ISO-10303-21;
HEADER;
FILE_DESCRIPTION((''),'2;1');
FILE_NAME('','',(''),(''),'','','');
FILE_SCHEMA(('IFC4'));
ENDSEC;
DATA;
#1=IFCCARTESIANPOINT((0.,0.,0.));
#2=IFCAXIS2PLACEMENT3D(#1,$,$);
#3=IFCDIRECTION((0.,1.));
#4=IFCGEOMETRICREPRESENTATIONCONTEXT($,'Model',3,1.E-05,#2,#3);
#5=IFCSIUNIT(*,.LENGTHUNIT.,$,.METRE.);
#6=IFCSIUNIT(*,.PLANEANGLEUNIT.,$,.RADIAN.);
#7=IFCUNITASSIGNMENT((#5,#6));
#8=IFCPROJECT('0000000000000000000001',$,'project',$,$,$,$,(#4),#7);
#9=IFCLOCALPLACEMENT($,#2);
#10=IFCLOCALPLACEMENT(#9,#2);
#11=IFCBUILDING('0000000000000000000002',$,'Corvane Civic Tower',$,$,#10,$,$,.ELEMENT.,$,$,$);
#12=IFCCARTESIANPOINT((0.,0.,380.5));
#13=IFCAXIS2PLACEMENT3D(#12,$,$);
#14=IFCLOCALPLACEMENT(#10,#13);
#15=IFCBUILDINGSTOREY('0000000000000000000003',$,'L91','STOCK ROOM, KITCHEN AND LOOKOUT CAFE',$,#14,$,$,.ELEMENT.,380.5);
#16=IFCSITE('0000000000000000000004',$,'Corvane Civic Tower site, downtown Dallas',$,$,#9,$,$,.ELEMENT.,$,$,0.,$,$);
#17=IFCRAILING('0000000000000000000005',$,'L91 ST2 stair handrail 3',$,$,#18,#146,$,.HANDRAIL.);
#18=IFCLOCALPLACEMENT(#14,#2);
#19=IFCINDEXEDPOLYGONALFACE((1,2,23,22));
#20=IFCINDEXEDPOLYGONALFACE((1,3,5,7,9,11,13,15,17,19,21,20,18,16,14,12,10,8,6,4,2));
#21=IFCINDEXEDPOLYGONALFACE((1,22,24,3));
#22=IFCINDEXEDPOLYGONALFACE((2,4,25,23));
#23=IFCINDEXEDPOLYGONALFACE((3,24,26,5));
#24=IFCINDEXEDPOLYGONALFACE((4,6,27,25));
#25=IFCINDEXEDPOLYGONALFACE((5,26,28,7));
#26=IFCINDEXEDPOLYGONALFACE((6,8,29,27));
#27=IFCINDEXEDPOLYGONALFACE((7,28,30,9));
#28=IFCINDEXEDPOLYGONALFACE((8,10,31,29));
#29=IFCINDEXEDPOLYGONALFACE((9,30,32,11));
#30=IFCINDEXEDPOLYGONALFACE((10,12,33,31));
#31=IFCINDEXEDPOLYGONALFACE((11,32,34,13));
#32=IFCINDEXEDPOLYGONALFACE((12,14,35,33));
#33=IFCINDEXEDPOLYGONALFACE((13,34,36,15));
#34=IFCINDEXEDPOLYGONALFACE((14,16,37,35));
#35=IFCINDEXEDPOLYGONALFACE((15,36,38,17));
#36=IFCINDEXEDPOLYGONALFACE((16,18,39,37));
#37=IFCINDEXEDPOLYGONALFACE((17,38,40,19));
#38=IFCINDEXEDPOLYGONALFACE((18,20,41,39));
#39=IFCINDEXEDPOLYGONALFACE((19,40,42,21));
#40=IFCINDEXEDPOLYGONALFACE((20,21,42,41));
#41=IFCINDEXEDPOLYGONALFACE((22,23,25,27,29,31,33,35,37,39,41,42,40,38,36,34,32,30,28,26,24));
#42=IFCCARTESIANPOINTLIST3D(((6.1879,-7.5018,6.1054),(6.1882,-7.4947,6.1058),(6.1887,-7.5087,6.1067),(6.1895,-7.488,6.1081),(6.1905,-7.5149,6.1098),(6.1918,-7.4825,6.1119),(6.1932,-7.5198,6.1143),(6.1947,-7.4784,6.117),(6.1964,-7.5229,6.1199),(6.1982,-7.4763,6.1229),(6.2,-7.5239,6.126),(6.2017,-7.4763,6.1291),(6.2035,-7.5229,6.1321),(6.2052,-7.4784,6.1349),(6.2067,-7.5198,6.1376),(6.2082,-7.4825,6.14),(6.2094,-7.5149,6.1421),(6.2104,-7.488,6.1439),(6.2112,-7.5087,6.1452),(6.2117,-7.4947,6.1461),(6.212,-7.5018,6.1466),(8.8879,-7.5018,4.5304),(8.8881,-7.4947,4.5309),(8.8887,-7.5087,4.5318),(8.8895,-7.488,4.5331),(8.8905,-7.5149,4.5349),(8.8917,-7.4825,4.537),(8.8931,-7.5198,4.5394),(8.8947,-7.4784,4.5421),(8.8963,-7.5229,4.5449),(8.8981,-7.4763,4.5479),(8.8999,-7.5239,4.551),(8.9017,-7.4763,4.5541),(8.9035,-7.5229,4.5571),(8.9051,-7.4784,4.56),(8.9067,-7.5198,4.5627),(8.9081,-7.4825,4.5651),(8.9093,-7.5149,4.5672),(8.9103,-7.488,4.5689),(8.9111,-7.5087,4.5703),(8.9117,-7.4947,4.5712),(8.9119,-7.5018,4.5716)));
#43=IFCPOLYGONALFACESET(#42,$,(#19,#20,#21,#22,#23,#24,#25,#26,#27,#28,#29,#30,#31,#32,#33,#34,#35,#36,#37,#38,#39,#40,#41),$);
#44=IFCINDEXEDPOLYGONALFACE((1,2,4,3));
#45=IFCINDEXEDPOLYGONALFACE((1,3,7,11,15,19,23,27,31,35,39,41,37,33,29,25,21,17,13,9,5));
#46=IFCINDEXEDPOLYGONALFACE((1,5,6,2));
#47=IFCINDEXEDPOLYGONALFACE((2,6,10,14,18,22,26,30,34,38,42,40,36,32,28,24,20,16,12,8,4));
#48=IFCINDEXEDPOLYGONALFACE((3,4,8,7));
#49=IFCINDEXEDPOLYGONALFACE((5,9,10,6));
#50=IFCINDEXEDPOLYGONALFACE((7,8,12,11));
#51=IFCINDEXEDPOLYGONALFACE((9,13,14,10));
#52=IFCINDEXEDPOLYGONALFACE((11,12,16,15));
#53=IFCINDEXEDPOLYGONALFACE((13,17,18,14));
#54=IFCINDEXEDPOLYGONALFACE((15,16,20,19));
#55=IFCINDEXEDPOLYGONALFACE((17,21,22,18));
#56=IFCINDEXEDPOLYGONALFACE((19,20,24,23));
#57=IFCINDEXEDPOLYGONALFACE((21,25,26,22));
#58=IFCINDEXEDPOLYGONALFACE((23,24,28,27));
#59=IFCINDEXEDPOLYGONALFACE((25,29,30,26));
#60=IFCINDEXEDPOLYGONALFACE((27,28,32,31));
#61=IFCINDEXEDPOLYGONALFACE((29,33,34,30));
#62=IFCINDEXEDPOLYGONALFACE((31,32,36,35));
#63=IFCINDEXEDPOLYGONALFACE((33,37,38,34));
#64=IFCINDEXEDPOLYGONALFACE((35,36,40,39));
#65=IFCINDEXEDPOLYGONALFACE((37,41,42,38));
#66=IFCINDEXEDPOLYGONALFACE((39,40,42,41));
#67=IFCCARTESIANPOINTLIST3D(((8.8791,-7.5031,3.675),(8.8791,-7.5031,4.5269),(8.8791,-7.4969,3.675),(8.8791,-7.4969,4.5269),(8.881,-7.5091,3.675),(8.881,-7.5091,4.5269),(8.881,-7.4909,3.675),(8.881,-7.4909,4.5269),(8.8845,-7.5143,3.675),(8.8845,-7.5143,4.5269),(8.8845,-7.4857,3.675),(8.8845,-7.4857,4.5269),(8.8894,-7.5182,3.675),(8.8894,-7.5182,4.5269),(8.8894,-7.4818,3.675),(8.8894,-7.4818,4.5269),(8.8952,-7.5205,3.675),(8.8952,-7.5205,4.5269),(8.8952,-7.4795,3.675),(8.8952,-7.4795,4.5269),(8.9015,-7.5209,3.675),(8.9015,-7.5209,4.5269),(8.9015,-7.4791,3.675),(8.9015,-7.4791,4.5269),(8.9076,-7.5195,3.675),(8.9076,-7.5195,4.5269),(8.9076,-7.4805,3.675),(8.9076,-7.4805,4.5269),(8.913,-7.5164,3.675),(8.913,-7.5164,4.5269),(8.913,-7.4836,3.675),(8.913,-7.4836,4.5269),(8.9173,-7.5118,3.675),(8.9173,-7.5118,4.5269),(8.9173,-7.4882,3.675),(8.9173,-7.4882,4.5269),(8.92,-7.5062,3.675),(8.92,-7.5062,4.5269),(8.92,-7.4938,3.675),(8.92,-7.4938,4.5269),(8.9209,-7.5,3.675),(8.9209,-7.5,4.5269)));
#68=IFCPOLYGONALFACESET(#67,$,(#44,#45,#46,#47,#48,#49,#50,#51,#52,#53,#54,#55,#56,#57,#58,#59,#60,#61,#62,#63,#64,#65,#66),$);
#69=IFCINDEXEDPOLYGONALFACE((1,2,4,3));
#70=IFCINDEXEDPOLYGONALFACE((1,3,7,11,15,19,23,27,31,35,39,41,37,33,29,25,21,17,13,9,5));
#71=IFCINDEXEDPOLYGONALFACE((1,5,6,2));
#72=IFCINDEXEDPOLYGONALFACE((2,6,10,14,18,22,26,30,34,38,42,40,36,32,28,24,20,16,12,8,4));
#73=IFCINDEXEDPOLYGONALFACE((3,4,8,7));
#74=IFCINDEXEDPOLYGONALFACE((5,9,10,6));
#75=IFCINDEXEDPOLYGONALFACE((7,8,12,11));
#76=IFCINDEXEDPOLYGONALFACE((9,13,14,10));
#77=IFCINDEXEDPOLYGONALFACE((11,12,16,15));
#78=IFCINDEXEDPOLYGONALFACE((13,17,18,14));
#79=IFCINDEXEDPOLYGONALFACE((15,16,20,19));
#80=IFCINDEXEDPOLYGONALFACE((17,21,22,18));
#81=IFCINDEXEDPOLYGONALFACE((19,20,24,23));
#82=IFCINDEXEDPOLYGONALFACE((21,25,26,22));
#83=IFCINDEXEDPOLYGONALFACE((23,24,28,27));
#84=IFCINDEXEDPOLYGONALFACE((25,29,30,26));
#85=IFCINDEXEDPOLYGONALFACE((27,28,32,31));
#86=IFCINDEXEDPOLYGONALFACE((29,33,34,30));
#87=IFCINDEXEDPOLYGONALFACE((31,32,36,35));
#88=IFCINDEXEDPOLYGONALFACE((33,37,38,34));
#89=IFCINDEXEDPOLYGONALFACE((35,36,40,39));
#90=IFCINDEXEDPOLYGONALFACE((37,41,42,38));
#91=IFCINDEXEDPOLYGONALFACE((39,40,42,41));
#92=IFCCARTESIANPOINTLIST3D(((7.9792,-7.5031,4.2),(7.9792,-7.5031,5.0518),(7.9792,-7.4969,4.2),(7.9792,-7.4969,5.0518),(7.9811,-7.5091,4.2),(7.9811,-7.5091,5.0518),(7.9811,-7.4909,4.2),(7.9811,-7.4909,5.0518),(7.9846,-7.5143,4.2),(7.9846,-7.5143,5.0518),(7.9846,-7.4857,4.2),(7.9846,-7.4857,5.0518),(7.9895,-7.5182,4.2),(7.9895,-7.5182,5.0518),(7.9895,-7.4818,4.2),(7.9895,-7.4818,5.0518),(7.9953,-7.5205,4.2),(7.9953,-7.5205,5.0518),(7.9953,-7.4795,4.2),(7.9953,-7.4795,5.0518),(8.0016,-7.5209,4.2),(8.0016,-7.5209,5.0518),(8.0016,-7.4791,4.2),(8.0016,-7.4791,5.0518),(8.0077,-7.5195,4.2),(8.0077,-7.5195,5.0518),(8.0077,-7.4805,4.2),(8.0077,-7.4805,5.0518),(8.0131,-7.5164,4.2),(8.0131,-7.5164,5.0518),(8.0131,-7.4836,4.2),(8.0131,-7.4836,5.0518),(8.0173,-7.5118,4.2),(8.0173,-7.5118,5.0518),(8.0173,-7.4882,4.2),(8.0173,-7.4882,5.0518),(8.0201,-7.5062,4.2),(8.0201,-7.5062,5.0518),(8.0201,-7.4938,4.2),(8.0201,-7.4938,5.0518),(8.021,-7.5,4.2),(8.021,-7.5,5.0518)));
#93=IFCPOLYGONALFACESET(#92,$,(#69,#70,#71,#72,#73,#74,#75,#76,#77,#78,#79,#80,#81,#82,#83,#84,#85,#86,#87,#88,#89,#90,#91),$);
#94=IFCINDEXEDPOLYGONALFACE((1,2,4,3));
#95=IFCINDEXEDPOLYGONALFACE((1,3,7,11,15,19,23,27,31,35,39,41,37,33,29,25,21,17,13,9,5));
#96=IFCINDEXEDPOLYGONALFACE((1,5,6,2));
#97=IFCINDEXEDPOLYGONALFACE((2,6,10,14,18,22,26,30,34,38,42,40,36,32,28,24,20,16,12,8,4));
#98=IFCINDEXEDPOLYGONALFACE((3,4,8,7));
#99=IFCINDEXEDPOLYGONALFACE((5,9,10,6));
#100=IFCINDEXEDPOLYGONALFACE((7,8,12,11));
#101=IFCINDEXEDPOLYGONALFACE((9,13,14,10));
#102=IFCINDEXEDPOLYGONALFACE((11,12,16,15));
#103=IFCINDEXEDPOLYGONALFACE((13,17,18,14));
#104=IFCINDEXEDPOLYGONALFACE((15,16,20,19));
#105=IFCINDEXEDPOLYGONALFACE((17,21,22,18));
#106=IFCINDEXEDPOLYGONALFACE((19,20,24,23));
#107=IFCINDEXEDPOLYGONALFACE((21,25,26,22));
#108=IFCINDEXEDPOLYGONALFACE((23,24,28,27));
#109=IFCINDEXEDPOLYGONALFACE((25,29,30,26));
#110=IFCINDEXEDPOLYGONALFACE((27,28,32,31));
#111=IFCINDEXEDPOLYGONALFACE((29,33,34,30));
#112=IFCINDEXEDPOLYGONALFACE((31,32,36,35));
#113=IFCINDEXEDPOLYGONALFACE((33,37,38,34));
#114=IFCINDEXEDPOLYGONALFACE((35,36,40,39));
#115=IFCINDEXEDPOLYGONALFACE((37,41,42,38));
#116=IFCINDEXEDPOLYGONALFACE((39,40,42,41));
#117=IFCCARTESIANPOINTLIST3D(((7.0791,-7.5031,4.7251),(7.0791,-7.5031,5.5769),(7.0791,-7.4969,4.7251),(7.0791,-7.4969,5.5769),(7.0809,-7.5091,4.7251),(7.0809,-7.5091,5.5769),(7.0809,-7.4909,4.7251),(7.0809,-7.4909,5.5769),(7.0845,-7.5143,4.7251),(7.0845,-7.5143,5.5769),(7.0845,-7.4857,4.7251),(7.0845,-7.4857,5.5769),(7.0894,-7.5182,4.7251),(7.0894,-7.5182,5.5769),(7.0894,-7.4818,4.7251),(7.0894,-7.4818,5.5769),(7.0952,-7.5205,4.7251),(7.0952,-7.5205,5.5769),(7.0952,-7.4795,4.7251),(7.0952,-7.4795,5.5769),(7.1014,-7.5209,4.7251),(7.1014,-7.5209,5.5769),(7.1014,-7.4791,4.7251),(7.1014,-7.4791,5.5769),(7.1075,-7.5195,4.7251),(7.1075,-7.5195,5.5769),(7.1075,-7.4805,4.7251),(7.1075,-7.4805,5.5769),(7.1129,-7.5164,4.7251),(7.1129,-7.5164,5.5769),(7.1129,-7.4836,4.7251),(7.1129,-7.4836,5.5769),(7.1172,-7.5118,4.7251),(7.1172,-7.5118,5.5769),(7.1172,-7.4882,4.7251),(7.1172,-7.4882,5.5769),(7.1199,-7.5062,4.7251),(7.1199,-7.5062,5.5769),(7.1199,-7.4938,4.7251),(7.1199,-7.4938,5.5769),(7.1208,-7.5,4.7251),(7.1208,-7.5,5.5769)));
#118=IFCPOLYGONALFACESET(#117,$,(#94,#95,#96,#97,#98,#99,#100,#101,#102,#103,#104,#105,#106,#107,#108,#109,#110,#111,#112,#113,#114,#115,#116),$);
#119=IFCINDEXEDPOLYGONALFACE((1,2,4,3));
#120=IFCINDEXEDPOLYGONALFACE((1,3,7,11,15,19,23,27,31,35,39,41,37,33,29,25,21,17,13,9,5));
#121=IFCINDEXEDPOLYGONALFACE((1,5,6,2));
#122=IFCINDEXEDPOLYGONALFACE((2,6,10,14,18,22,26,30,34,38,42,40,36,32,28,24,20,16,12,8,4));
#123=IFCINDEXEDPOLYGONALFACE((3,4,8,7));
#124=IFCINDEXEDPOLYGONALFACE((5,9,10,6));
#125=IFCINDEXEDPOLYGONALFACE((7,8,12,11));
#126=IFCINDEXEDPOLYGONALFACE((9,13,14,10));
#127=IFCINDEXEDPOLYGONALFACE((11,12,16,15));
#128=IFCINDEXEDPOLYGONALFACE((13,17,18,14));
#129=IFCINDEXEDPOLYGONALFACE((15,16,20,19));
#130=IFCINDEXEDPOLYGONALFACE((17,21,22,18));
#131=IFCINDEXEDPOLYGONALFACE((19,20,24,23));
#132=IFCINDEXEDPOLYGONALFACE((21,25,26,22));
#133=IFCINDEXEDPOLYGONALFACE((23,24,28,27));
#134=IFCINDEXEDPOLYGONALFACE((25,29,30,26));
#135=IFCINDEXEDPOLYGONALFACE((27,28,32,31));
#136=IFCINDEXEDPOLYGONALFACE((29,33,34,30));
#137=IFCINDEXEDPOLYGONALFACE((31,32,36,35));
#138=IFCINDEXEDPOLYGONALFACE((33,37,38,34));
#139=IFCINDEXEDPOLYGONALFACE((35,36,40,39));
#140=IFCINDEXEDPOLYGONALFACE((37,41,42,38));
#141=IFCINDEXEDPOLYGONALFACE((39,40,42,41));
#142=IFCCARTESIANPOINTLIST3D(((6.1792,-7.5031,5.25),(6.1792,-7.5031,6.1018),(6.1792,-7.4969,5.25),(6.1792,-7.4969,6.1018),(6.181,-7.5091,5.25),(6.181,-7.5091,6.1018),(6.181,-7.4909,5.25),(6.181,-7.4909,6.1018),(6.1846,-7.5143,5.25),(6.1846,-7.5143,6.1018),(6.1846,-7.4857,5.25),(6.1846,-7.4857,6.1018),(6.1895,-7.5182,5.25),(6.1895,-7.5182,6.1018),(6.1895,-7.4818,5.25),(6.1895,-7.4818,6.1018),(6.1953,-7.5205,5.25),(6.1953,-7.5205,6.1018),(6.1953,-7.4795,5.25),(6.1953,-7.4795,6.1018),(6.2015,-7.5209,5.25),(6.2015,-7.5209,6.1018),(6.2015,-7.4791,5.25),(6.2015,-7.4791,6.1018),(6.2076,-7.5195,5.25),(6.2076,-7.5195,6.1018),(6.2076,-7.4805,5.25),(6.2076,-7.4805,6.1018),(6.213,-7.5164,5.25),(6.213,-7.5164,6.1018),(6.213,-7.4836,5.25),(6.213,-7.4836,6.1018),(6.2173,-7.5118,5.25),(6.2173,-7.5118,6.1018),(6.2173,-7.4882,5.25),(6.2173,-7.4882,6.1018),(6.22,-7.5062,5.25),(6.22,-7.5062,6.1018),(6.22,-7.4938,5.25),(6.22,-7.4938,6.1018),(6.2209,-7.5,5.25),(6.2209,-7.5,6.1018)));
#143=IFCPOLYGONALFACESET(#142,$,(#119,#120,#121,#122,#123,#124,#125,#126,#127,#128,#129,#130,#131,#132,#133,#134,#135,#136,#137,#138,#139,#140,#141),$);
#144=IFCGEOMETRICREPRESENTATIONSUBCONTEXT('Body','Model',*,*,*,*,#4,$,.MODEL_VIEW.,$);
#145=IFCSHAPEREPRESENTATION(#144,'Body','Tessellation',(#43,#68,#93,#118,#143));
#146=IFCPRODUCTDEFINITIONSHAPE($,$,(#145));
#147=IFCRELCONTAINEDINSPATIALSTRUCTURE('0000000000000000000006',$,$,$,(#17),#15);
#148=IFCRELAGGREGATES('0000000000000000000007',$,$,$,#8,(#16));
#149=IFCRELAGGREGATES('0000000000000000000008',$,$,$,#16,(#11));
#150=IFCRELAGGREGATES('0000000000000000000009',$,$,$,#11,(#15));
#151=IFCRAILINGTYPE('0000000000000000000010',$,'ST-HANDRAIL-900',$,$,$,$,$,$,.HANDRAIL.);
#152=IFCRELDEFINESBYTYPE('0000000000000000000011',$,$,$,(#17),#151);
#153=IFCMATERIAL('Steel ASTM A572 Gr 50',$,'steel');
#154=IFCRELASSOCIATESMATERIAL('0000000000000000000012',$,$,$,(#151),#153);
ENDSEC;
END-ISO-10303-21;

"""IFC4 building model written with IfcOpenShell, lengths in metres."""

from ifc_helpers import new_model, si_unit, direction, frame, origin, origin_2d, place, context, subcontext, project, spatial, circle, extrude, material, type_object, element, save


model = new_model("IFC4")

# Units and contexts
model_context = context("Model", 3, precision=1e-05, world=origin(), true_north=direction((0.0, 1.0)))
body_context = subcontext(model_context, "Body", "Model", "MODEL_VIEW")
ifc_project = project(units=[si_unit("LENGTHUNIT", "METRE"), si_unit("PLANEANGLEUNIT", "RADIAN")], contexts=[model_context])

# Site, building, storey
site_placement = place(None, origin())
site = spatial("IfcSite", under=ifc_project, at=site_placement, Name="Corvane Civic Tower site, downtown Dallas", CompositionType="ELEMENT", RefElevation=0.0)
building_placement = place(site_placement, origin())
building = spatial("IfcBuilding", under=site, at=building_placement, Name="Corvane Civic Tower", CompositionType="ELEMENT")
storey_placement = place(building_placement, frame((0.0, 0.0, 380.5)))
storey = spatial("IfcBuildingStorey", under=building, at=storey_placement, Name="L91", Description="STOCK ROOM, KITCHEN AND LOOKOUT CAFE", CompositionType="ELEMENT", Elevation=380.5)

# Railing
ifc_material_1 = material(Name="Steel ASTM A572 Gr 50", Category="steel")
railing_type_1 = type_object("IfcRailingType", Name="ST-HANDRAIL-900", PredefinedType="HANDRAIL", material=ifc_material_1)
for number, where, name in (
    (1, (8.8999, -7.5, 3.675), "L91 ST2 stair handrail 3"),
):
    element("IfcRailing", number, at=place(storey_placement, frame(where)), inside=storey, type_object=railing_type_1, Name=name, PredefinedType="HANDRAIL", context=body_context, shape_type="SweptSolid", body=[
        extrude(circle(Radius=0.0239, at=origin_2d()), frame((0.0, 0.0, 0.876), z_axis=(-0.863782, 0.0, 0.503866), x_axis=(0.0, -1.0, 0.0)), (0.0, 0.0, 1.0), 3.1257),
        extrude(circle(Radius=0.021, at=origin_2d()), origin(), (0.0, 0.0, 1.0), 0.8518),
        extrude(circle(Radius=0.021, at=origin_2d()), frame((-0.8999, 0.0, 0.5249)), (0.0, 0.0, 1.0), 0.8518),
        extrude(circle(Radius=0.021, at=origin_2d()), frame((-1.8, 0.0, 1.05)), (0.0, 0.0, 1.0), 0.8518),
        extrude(circle(Radius=0.021, at=origin_2d()), frame((-2.7, 0.0, 1.575)), (0.0, 0.0, 1.0), 0.8518),
    ])

save(model, "model.ifc")
